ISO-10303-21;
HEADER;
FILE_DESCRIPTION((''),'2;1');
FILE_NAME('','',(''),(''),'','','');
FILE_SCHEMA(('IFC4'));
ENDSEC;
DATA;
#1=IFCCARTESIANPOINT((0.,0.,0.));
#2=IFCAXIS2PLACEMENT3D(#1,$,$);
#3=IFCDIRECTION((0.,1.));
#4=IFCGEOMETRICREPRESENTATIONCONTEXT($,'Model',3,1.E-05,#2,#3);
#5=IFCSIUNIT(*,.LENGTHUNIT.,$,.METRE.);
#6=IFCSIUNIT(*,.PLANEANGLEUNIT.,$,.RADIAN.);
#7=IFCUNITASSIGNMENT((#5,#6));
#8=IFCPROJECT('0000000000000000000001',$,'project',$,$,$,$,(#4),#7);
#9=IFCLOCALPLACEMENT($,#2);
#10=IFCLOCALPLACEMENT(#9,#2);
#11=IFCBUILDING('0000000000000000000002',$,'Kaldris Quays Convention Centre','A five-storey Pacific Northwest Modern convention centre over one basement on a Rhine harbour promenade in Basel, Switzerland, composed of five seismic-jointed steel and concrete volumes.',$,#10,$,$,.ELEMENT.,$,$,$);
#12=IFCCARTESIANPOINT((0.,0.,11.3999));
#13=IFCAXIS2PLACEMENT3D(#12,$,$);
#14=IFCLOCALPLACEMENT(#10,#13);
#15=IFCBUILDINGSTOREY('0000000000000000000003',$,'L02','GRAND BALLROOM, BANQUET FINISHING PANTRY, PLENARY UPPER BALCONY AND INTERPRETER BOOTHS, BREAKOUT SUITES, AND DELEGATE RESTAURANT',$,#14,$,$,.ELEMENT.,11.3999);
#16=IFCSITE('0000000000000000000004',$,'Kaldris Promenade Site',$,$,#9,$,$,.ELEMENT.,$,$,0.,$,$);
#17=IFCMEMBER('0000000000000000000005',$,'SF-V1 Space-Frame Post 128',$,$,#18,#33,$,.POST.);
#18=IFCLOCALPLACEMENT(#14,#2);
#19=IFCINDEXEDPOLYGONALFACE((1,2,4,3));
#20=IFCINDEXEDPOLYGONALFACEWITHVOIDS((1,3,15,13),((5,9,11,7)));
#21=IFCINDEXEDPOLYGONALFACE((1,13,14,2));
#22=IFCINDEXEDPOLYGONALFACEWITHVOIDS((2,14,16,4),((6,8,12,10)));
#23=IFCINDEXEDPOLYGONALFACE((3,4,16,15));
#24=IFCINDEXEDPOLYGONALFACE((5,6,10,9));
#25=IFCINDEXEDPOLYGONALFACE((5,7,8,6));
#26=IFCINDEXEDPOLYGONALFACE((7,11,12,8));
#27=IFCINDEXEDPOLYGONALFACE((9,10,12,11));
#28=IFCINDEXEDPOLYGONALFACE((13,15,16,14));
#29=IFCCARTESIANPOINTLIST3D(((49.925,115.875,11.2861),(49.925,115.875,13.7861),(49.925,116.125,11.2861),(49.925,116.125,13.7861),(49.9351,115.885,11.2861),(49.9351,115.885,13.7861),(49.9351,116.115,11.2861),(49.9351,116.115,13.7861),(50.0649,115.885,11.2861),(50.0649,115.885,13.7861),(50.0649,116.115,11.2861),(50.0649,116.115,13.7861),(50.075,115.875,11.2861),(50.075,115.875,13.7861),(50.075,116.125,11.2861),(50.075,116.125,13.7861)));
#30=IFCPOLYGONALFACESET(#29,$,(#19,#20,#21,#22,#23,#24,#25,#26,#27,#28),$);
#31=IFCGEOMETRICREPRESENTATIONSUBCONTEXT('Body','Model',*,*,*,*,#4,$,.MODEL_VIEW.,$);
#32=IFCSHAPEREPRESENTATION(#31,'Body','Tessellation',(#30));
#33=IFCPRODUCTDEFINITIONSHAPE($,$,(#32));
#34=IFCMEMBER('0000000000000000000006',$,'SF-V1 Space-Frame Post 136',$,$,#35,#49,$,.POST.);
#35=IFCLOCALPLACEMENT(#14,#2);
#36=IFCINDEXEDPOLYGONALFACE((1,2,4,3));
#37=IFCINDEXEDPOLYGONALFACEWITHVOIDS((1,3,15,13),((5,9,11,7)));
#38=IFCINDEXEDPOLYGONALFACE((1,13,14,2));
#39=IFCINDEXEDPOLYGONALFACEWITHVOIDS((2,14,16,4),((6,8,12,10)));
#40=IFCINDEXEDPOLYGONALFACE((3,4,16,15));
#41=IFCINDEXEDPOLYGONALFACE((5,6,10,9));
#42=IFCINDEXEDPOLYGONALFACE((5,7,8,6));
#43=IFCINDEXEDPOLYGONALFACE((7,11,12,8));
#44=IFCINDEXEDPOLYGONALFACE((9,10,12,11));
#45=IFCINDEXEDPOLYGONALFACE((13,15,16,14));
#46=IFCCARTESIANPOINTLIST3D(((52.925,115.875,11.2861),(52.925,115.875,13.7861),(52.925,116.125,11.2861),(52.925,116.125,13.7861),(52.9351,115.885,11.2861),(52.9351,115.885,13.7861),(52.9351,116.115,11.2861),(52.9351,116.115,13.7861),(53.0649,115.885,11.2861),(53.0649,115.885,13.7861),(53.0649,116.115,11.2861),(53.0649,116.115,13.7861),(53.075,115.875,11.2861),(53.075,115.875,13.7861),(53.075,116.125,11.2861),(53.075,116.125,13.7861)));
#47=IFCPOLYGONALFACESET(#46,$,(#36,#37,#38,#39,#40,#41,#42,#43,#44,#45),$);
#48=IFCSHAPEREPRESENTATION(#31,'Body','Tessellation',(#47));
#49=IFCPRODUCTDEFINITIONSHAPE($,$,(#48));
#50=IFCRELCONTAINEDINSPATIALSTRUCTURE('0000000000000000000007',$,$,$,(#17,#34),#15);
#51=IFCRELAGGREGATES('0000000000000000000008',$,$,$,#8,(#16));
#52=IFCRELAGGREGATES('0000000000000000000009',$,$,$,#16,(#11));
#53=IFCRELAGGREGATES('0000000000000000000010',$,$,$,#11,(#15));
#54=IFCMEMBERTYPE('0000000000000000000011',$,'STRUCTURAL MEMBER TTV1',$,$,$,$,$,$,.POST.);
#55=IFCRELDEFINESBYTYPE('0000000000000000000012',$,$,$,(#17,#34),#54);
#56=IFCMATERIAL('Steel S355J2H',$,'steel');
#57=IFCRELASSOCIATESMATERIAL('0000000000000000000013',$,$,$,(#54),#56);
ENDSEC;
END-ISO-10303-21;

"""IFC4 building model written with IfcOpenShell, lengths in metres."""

from ifc_helpers import new_model, si_unit, direction, frame, origin, origin_2d, place, context, subcontext, project, spatial, hollow_rectangle, extrude, material, material_profile, profile_set, type_object, element, save


model = new_model("IFC4")

# Units and contexts
model_context = context("Model", 3, precision=1e-05, world=origin(), true_north=direction((0.0, 1.0)))
body_context = subcontext(model_context, "Body", "Model", "MODEL_VIEW")
ifc_project = project(units=[si_unit("LENGTHUNIT", "METRE"), si_unit("PLANEANGLEUNIT", "RADIAN")], contexts=[model_context])

# Site, building, storey
site_placement = place(None, origin())
site = spatial("IfcSite", under=ifc_project, at=site_placement, Name="Kaldris Promenade Site", CompositionType="ELEMENT", RefElevation=0.0)
building_placement = place(site_placement, origin())
building = spatial("IfcBuilding", under=site, at=building_placement, Name="Kaldris Quays Convention Centre", Description="A five-storey Pacific Northwest Modern convention centre over one basement on a Rhine harbour promenade in Basel, Switzerland, composed of five seismic-jointed steel and concrete volumes.", CompositionType="ELEMENT")
storey_placement = place(building_placement, frame((0.0, 0.0, 11.3999)))
storey = spatial("IfcBuildingStorey", under=building, at=storey_placement, Name="L02", Description="GRAND BALLROOM, BANQUET FINISHING PANTRY, PLENARY UPPER BALCONY AND INTERPRETER BOOTHS, BREAKOUT SUITES, AND DELEGATE RESTAURANT", CompositionType="ELEMENT", Elevation=11.3999)

# Members
ifc_material = material(Name="Steel S355J2H", Category="steel")
ifc_material_profile_1 = material_profile(ifc_material, hollow_rectangle(XDim=0.1499, YDim=0.25, WallThickness=0.01, at=origin_2d()), Name="RHS 250x150x10")
ifc_profile_set_1 = profile_set([ifc_material_profile_1], Name="Steel S355J2H")
member_type_1 = type_object("IfcMemberType", Name="STRUCTURAL MEMBER TTV1", PredefinedType="POST", material=ifc_profile_set_1)
for number, where, z_axis, x_axis, name in (
    (1, (50.0, 116.0, 11.2861), (0.0, 0.0, 1.0), (1.0, 0.0, 0.0), "SF-V1 Space-Frame Post 128"),
    (2, (53.0, 116.0, 11.2861), (0.0, 0.0, 1.0), (1.0, 0.0, 0.0), "SF-V1 Space-Frame Post 136"),
):
    element("IfcMember", number, at=place(storey_placement, frame(where, z_axis=z_axis, x_axis=x_axis)), inside=storey, type_object=member_type_1, Name=name, PredefinedType="POST", context=body_context, shape_type="SweptSolid", body=[
        extrude(hollow_rectangle(XDim=0.1499, YDim=0.25, WallThickness=0.01, at=origin_2d()), origin(), (0.0, 0.0, 1.0), 2.5),
    ])

save(model, "model.ifc")
